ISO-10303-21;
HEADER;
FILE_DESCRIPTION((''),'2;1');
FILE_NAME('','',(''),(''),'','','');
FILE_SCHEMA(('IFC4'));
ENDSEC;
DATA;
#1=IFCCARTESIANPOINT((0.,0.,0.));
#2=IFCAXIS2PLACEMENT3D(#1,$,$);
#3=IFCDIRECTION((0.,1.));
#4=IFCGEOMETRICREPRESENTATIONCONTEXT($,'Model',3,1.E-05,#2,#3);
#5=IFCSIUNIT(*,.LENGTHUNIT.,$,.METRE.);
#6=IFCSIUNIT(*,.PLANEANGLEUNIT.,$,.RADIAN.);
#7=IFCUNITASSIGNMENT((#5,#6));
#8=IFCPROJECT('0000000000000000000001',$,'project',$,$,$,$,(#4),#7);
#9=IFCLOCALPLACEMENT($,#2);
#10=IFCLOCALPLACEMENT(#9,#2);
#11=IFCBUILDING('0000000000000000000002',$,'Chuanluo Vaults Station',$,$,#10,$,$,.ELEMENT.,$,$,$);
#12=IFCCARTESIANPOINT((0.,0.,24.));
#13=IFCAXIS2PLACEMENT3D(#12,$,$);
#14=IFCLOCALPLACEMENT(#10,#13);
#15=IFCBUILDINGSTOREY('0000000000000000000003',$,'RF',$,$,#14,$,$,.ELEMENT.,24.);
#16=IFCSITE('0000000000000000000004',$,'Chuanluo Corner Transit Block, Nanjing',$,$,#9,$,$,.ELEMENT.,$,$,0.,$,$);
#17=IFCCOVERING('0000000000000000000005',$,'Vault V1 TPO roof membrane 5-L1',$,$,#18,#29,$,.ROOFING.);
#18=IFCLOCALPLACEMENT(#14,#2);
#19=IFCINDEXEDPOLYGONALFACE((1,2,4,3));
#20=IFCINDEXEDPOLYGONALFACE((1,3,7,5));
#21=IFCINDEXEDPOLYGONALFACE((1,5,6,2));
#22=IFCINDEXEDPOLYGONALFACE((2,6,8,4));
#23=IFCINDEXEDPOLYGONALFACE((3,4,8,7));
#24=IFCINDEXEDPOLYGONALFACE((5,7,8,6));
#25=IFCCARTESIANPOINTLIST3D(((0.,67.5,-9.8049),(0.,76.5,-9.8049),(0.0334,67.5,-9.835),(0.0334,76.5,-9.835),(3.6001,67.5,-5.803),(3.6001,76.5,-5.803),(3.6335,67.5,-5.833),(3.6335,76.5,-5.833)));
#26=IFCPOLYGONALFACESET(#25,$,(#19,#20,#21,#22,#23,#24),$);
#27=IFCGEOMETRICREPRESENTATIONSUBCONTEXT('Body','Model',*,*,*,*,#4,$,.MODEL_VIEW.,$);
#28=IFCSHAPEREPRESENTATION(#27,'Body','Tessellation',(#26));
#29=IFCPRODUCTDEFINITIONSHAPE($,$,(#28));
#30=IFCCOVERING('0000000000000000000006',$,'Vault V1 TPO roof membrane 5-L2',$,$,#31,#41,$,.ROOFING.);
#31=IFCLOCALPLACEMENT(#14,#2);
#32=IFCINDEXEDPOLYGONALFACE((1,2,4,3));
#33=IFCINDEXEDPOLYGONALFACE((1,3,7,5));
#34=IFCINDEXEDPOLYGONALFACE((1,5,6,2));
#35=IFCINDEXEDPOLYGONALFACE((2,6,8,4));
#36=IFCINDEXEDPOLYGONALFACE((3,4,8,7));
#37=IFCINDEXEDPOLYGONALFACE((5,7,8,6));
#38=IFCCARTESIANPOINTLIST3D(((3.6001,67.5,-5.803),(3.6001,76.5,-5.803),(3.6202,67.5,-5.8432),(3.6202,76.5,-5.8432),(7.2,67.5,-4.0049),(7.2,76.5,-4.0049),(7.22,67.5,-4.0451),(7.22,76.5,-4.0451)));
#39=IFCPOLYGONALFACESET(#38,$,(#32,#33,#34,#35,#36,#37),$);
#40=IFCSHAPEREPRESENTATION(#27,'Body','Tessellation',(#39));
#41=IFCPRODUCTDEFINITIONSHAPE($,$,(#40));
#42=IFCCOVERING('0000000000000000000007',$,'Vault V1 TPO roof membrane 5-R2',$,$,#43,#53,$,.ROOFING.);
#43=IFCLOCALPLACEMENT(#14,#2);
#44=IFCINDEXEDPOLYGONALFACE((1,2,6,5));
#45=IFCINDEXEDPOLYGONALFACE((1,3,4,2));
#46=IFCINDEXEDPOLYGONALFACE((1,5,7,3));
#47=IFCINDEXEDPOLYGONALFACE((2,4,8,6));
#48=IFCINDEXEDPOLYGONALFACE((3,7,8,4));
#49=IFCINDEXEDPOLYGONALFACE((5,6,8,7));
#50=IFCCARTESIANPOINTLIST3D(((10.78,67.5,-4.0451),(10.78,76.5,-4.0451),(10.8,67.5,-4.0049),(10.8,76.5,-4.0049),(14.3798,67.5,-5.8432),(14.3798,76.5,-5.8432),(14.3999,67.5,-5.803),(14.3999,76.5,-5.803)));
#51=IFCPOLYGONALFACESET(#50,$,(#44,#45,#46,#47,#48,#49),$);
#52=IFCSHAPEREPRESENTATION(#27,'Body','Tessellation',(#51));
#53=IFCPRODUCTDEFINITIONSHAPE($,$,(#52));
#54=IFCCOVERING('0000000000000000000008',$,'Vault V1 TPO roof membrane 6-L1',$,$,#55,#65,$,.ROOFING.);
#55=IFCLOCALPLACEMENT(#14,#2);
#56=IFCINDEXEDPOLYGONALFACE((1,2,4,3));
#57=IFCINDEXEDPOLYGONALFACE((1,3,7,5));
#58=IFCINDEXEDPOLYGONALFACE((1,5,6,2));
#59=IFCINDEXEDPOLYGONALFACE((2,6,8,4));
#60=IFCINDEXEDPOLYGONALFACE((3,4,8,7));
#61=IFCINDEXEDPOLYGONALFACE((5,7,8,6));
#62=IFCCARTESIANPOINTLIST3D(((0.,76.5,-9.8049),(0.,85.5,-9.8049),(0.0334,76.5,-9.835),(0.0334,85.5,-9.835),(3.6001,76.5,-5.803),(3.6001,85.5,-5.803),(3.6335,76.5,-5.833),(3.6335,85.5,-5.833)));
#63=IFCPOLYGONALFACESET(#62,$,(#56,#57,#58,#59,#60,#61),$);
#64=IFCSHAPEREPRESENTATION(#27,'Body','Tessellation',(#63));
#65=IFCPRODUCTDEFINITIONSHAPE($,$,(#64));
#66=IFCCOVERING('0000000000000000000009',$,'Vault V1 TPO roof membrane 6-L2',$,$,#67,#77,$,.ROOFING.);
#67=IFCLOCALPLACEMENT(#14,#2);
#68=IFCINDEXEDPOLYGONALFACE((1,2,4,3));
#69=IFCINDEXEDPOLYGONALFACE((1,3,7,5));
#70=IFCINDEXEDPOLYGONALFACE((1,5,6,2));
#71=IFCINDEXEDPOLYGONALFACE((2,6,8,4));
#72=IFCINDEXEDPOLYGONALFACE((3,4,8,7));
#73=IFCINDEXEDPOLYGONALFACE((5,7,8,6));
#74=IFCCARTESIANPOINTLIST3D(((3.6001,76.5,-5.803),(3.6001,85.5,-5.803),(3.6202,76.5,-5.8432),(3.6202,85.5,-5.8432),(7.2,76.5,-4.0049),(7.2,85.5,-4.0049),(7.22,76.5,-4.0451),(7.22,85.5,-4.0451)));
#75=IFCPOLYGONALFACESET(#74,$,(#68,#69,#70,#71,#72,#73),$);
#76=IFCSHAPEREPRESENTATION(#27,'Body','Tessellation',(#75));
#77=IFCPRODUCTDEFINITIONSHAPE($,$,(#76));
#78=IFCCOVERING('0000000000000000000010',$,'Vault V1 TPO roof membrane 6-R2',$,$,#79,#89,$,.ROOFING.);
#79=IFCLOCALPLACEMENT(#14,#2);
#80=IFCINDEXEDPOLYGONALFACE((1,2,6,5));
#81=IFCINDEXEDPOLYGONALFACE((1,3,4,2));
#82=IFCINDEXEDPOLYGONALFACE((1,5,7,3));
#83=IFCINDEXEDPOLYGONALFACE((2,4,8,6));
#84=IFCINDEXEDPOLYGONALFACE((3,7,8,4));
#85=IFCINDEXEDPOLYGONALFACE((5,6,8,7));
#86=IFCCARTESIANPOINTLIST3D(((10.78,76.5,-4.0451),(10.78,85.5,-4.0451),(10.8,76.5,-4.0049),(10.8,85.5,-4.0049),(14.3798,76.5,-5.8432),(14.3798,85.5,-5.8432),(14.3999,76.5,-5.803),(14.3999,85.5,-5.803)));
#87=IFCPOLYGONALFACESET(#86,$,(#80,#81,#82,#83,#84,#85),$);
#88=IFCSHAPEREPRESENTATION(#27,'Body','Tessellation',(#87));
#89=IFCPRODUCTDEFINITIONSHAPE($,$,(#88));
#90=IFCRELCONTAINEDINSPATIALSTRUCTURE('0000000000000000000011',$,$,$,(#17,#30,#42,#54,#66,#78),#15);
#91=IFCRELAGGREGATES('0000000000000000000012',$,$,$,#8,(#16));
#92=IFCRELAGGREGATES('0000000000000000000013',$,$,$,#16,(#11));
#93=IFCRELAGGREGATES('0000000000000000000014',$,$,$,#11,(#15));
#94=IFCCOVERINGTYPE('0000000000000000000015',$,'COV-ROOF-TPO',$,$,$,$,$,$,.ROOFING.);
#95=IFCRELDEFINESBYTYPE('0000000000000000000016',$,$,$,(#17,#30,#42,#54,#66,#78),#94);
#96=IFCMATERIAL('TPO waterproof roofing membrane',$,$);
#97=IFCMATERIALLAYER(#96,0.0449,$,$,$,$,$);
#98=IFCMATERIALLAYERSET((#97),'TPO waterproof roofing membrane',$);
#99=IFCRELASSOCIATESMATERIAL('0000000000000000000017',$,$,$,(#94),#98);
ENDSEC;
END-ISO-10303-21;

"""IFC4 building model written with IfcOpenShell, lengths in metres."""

from ifc_helpers import new_model, si_unit, direction, frame, origin, place, context, subcontext, project, spatial, polyline, outline, extrude, material, layer, layer_set, type_object, element, save


model = new_model("IFC4")

# Units and contexts
model_context = context("Model", 3, precision=1e-05, world=origin(), true_north=direction((0.0, 1.0)))
body_context = subcontext(model_context, "Body", "Model", "MODEL_VIEW")
ifc_project = project(units=[si_unit("LENGTHUNIT", "METRE"), si_unit("PLANEANGLEUNIT", "RADIAN")], contexts=[model_context])

# Site, building, storey
site_placement = place(None, origin())
site = spatial("IfcSite", under=ifc_project, at=site_placement, Name="Chuanluo Corner Transit Block, Nanjing", CompositionType="ELEMENT", RefElevation=0.0)
building_placement = place(site_placement, origin())
building = spatial("IfcBuilding", under=site, at=building_placement, Name="Chuanluo Vaults Station", CompositionType="ELEMENT")
storey_placement = place(building_placement, frame((0.0, 0.0, 24.0)))
storey = spatial("IfcBuildingStorey", under=building, at=storey_placement, Name="RF", CompositionType="ELEMENT", Elevation=24.0)

# Coverings
ifc_material_1 = material(Name="TPO waterproof roofing membrane")
ifc_layer_1 = layer(ifc_material_1, 0.0449)
ifc_layer_set_1 = layer_set([ifc_layer_1], Name="TPO waterproof roofing membrane")
covering_type = type_object("IfcCoveringType", Name="COV-ROOF-TPO", PredefinedType="ROOFING", material=ifc_layer_set_1)
covering_1_placement = place(storey_placement, frame((0.0, 67.5, -9.8049), z_axis=(-0.743447, 0.0, 0.668794), x_axis=(0.668794, 0.0, 0.743447)))
element("IfcCovering", 1, at=covering_1_placement, inside=storey, type_object=covering_type, Name="Vault V1 TPO roof membrane 5-L1", PredefinedType="ROOFING", context=body_context, shape_type="SweptSolid", body=[
    extrude(outline(polyline([(0.0, 0.0), (5.383, 0.0), (5.383, 9.0), (0.0, 9.0), (0.0, 0.0)])), origin(), (0.0, 0.0, -1.0), 0.0449),
])
for number, where, z_axis, x_axis, name in (
    (2, (3.6001, 67.5, -5.803), (-0.44685, 0.0, 0.894609), (0.894609, 0.0, 0.44685), "Vault V1 TPO roof membrane 5-L2"),
    (3, (10.8, 67.5, -4.0049), (0.44685, 0.0, 0.894609), (0.894609, 0.0, -0.44685), "Vault V1 TPO roof membrane 5-R2"),
):
    element("IfcCovering", number, at=place(storey_placement, frame(where, z_axis=z_axis, x_axis=x_axis)), inside=storey, type_object=covering_type, Name=name, PredefinedType="ROOFING", context=body_context, shape_type="SweptSolid", body=[
        extrude(outline(polyline([(0.0, 0.0), (4.0239, 0.0), (4.0239, 9.0), (0.0, 9.0), (0.0, 0.0)])), origin(), (0.0, 0.0, -1.0), 0.0449),
    ])
covering_2_placement = place(storey_placement, frame((0.0, 76.5, -9.8049), z_axis=(-0.743447, 0.0, 0.668794), x_axis=(0.668794, 0.0, 0.743447)))
element("IfcCovering", 4, at=covering_2_placement, inside=storey, type_object=covering_type, Name="Vault V1 TPO roof membrane 6-L1", PredefinedType="ROOFING", context=body_context, shape_type="SweptSolid", body=[
    extrude(outline(polyline([(0.0, 0.0), (5.383, 0.0), (5.383, 9.0), (0.0, 9.0), (0.0, 0.0)])), origin(), (0.0, 0.0, -1.0), 0.0449),
])
for number, where, z_axis, x_axis, name in (
    (5, (3.6001, 76.5, -5.803), (-0.44685, 0.0, 0.894609), (0.894609, 0.0, 0.44685), "Vault V1 TPO roof membrane 6-L2"),
    (6, (10.8, 76.5, -4.0049), (0.44685, 0.0, 0.894609), (0.894609, 0.0, -0.44685), "Vault V1 TPO roof membrane 6-R2"),
):
    element("IfcCovering", number, at=place(storey_placement, frame(where, z_axis=z_axis, x_axis=x_axis)), inside=storey, type_object=covering_type, Name=name, PredefinedType="ROOFING", context=body_context, shape_type="SweptSolid", body=[
        extrude(outline(polyline([(0.0, 0.0), (4.0239, 0.0), (4.0239, 9.0), (0.0, 9.0), (0.0, 0.0)])), origin(), (0.0, 0.0, -1.0), 0.0449),
    ])

save(model, "model.ifc")
